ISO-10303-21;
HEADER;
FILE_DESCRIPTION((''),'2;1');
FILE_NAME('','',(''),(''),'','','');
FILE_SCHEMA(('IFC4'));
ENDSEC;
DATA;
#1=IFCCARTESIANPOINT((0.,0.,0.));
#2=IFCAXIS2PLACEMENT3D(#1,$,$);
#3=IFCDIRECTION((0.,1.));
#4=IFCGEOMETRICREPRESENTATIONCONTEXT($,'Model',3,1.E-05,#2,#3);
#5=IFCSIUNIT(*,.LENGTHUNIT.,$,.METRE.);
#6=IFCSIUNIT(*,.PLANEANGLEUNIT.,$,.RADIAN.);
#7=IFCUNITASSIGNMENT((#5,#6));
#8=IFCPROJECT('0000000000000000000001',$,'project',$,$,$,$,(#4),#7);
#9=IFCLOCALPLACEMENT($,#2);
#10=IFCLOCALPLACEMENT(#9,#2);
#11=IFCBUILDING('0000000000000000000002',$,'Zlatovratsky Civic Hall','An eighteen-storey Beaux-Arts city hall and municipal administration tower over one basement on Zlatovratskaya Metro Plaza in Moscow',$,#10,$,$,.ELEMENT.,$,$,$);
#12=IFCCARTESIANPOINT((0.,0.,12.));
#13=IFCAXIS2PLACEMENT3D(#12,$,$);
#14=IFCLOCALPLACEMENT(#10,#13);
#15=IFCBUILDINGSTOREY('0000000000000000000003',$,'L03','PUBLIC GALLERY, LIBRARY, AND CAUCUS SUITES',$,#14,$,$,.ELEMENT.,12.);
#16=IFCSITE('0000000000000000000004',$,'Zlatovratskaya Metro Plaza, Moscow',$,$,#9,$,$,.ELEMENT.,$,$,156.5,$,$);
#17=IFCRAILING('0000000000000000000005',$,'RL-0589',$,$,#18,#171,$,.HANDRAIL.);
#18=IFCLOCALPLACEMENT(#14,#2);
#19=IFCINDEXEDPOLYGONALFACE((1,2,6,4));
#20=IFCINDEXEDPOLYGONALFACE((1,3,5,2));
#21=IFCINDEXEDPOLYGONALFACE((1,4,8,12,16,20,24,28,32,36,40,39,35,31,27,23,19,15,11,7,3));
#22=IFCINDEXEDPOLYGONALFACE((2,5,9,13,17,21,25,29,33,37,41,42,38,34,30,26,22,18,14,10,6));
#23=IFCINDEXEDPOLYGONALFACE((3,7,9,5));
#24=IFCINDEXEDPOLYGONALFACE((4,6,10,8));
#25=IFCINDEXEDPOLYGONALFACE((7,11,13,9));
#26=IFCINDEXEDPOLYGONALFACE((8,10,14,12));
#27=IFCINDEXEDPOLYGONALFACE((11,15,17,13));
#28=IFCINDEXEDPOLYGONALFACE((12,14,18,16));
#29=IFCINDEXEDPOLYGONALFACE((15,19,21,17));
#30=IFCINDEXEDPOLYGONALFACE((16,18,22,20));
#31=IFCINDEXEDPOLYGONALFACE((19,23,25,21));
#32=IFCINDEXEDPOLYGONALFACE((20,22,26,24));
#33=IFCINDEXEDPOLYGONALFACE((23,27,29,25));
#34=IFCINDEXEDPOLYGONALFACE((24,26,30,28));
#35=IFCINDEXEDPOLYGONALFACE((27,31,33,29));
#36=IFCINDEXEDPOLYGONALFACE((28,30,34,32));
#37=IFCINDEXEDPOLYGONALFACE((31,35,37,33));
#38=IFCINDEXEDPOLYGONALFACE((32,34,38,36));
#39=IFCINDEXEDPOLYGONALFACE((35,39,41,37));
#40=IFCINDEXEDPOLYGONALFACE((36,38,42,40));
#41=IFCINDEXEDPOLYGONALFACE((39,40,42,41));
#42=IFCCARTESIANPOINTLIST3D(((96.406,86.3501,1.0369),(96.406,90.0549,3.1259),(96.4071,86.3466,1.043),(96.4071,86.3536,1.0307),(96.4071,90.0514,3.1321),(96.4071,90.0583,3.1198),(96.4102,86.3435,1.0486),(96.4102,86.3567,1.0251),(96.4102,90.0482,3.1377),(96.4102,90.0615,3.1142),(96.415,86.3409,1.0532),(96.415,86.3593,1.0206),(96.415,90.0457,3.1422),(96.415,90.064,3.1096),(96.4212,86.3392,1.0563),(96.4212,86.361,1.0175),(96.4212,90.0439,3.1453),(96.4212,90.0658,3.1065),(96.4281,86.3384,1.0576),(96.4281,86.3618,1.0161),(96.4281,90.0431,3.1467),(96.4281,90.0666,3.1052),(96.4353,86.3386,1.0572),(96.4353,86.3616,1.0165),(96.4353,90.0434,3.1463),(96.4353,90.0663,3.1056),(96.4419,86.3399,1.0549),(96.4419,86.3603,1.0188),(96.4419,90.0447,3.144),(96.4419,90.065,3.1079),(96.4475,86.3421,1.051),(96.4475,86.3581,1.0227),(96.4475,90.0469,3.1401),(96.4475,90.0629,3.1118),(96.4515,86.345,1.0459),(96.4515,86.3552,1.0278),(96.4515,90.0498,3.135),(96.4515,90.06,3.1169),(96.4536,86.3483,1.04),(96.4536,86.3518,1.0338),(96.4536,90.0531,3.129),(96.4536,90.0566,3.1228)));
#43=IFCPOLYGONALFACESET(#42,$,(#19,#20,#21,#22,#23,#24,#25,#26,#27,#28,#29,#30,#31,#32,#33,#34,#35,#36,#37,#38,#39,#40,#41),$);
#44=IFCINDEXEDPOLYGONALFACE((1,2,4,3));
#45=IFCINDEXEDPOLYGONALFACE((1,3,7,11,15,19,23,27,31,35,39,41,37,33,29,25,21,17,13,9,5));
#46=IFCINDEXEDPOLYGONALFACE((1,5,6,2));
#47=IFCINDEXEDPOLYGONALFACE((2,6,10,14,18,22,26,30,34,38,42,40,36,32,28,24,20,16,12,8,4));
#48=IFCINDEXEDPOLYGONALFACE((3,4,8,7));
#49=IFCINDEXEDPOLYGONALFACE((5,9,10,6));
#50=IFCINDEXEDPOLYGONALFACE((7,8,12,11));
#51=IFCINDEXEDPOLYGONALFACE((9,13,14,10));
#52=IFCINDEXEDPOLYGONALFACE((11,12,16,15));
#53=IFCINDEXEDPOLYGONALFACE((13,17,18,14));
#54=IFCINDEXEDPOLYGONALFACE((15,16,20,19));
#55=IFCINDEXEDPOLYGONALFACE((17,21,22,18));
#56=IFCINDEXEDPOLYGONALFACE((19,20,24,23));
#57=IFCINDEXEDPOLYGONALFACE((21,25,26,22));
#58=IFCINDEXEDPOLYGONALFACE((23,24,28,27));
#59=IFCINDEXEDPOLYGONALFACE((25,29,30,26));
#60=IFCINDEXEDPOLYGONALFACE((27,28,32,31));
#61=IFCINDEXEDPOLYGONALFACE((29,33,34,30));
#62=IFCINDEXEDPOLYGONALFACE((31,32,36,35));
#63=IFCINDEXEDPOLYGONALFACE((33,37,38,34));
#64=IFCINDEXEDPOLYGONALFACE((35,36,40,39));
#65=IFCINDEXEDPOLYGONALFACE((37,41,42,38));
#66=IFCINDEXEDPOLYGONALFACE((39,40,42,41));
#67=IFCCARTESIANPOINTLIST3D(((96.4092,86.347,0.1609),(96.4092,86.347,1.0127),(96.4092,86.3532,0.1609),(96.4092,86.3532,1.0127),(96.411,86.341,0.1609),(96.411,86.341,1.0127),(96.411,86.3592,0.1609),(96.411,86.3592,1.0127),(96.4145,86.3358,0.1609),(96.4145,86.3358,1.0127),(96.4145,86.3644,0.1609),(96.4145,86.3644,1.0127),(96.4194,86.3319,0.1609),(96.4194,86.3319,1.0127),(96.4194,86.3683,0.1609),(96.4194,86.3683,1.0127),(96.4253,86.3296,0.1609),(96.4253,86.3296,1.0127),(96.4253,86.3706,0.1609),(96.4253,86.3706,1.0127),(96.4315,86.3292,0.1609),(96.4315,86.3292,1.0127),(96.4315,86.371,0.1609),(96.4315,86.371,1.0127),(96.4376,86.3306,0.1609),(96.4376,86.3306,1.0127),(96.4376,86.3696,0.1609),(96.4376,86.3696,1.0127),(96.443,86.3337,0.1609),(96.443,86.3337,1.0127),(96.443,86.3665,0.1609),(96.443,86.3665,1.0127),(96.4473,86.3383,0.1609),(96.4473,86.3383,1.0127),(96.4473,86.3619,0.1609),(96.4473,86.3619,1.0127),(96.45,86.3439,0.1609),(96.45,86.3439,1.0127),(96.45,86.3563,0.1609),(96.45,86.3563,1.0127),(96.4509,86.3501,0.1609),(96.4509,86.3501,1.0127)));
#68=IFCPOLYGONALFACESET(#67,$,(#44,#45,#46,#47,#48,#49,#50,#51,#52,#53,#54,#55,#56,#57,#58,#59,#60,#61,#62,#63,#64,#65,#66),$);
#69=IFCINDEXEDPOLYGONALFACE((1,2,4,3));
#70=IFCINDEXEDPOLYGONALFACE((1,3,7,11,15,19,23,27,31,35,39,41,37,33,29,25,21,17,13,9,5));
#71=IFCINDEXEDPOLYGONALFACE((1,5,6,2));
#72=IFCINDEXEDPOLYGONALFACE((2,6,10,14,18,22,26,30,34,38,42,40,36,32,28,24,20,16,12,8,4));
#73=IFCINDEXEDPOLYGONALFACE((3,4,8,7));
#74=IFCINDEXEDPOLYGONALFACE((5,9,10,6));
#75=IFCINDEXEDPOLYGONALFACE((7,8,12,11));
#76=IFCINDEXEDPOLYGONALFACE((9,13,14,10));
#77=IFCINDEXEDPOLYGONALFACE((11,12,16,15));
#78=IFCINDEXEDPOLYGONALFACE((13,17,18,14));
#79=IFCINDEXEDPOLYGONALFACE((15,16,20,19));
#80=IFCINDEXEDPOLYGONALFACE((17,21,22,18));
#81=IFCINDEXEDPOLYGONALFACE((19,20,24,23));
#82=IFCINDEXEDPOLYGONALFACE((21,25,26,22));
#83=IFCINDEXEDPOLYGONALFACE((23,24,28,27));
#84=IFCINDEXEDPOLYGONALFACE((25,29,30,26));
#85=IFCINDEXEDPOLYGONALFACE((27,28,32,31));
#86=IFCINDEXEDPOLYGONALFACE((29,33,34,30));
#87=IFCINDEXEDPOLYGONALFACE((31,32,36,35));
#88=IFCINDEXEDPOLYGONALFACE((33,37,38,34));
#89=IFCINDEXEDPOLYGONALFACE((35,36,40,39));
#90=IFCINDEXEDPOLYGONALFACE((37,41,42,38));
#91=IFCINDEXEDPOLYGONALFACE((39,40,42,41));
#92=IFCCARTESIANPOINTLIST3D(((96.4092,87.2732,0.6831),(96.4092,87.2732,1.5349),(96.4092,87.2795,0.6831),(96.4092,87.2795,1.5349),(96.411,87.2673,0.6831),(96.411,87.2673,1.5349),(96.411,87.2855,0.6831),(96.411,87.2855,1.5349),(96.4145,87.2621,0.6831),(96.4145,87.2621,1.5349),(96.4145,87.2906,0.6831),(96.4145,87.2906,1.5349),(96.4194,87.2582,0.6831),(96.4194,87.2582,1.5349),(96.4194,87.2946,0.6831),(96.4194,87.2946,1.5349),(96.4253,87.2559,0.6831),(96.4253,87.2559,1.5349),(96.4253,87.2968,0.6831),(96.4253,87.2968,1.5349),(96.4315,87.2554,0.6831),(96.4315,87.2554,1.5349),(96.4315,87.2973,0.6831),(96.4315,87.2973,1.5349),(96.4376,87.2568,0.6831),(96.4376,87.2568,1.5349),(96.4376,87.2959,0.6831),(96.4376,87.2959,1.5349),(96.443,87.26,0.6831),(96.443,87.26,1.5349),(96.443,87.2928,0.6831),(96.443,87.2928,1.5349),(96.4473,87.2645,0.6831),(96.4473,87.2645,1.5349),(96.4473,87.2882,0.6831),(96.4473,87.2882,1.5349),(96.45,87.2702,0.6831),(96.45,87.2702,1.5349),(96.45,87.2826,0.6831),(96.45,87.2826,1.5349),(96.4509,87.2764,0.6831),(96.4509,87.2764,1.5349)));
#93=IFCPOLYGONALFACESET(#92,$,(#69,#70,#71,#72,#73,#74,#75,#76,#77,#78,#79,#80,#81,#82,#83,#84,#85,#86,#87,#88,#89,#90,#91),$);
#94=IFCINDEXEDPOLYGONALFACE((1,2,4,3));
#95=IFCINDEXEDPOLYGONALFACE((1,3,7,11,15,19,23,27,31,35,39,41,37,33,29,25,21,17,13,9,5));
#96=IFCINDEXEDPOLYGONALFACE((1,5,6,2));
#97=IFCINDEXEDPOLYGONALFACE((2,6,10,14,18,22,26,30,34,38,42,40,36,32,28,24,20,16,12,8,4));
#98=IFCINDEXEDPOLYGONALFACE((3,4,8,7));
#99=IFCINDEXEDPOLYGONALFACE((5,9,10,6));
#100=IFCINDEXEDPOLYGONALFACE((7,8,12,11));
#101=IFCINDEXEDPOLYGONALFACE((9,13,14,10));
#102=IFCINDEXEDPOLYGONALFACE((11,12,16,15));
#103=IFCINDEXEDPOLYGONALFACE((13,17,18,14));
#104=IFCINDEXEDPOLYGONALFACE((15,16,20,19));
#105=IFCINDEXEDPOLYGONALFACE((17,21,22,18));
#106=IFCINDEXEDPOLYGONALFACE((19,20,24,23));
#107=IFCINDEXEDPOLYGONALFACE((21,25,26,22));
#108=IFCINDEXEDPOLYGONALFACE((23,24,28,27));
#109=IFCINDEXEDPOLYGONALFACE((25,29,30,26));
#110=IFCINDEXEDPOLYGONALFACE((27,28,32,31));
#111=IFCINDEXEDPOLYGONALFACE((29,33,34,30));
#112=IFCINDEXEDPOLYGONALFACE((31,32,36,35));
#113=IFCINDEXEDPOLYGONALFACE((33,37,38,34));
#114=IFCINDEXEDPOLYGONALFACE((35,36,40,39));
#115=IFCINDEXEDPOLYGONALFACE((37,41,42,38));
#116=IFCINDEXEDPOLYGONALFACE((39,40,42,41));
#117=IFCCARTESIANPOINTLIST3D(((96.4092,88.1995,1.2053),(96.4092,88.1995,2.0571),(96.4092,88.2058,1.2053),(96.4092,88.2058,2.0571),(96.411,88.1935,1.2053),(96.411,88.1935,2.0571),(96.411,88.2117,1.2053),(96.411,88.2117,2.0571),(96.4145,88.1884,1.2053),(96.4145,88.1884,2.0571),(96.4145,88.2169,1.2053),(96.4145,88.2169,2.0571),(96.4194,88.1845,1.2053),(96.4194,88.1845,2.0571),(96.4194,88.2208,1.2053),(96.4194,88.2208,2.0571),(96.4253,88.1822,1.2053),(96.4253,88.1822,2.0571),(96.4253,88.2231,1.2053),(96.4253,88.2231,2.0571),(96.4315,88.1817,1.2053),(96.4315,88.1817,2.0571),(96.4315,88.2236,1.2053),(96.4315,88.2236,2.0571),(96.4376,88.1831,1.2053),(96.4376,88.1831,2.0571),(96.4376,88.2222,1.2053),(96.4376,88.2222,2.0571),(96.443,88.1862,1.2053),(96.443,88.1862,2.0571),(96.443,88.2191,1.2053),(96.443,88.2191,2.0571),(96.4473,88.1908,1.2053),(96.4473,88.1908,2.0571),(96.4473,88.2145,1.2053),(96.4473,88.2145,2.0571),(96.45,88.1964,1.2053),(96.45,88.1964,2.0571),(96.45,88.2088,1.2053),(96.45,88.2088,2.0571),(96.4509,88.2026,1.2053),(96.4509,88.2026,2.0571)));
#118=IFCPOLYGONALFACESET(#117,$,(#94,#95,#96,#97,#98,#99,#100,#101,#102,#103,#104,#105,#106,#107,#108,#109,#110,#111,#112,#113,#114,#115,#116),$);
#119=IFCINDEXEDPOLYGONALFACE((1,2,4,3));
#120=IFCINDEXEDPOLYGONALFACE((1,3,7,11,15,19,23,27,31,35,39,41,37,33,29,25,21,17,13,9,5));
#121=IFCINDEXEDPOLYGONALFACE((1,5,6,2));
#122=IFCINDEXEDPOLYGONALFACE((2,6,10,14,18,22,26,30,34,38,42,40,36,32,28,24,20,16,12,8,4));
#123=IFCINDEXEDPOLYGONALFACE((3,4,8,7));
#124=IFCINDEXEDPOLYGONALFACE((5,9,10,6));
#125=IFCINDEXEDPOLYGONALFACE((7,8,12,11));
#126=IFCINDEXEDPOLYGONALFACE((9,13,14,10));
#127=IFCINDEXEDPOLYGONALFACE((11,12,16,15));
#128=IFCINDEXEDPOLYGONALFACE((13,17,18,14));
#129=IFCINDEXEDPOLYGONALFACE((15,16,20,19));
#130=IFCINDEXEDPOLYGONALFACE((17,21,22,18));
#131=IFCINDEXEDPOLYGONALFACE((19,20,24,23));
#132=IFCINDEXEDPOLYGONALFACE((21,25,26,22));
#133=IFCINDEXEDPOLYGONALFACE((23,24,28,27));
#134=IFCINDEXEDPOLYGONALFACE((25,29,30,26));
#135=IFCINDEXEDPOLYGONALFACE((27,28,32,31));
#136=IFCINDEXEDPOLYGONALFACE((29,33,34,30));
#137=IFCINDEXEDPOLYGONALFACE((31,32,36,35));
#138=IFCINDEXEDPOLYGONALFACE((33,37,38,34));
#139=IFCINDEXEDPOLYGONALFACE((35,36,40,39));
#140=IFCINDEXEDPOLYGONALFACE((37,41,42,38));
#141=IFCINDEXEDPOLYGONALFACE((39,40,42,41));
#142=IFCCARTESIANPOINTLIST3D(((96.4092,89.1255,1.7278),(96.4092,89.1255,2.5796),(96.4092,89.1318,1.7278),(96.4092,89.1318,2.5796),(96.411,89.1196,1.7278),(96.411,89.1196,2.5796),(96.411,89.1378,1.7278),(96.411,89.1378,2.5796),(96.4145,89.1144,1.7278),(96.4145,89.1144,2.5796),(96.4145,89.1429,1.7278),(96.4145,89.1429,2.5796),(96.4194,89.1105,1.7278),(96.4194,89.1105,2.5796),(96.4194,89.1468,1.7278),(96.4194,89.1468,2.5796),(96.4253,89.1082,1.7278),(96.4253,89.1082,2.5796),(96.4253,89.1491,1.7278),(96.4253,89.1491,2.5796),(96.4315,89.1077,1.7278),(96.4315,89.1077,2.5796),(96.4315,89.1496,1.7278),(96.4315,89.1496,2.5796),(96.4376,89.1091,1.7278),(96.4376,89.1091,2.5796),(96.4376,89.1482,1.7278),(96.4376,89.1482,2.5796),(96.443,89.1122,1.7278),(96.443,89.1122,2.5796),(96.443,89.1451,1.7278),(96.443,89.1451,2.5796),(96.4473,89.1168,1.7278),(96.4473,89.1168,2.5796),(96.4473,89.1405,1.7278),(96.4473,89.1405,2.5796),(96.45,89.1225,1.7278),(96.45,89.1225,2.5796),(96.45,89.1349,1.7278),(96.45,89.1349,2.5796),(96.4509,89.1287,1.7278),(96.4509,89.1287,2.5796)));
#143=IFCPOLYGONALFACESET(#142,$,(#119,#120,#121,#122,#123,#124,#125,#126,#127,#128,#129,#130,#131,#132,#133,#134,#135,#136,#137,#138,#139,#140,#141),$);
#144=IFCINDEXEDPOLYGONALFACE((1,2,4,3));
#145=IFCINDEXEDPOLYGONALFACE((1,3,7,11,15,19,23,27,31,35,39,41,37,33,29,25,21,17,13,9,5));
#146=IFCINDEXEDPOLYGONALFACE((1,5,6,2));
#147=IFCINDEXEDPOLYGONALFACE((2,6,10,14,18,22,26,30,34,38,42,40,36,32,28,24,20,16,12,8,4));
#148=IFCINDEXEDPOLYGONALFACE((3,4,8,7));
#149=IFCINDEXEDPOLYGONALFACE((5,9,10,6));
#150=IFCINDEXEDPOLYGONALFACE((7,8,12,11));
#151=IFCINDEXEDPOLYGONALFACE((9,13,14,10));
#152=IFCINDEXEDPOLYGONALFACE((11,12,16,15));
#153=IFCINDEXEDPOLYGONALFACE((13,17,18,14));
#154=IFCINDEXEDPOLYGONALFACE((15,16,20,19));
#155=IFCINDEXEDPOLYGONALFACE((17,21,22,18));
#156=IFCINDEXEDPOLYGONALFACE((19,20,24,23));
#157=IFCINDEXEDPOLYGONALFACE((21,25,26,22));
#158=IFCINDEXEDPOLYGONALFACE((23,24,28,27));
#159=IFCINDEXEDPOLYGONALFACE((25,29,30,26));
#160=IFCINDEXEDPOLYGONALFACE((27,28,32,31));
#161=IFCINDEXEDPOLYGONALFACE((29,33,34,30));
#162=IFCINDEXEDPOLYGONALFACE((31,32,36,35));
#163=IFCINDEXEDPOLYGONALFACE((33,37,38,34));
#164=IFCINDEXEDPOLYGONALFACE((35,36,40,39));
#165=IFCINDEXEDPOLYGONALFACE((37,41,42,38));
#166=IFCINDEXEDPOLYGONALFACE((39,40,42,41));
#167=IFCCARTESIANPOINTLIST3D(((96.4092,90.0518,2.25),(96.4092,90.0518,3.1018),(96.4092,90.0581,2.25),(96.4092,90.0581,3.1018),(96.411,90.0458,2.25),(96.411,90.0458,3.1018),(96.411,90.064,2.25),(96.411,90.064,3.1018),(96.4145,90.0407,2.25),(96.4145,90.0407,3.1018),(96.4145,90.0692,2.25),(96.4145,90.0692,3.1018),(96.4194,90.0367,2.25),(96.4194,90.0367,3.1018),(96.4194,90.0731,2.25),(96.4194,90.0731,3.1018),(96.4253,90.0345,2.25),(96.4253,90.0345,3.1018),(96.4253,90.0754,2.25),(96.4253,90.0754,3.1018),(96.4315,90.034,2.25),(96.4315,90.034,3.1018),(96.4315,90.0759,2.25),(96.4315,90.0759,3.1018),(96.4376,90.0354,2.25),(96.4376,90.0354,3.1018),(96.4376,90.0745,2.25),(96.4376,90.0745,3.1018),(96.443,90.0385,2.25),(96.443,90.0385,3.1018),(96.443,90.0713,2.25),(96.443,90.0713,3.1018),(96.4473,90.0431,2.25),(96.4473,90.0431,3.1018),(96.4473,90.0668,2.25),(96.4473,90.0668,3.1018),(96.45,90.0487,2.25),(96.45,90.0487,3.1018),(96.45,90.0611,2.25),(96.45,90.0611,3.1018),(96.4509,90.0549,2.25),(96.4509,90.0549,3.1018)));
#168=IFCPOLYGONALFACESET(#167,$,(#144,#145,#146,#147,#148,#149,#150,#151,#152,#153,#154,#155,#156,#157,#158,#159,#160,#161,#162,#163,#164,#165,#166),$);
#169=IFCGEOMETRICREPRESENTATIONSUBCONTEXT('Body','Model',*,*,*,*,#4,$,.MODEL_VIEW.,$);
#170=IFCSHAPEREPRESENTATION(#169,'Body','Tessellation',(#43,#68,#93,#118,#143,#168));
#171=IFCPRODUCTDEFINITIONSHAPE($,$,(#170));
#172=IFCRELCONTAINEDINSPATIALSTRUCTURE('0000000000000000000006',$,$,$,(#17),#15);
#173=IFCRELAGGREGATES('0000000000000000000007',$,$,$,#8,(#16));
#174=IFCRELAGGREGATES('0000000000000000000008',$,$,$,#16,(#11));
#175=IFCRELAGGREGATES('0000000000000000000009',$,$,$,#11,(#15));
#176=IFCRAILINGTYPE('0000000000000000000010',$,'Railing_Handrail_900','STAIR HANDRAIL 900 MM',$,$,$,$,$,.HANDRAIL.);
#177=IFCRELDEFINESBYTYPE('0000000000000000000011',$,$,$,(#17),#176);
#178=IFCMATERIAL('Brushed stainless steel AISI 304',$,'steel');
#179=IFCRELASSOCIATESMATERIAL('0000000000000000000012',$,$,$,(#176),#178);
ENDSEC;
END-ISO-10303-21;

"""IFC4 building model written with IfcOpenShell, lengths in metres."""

from ifc_helpers import new_model, si_unit, direction, frame, origin, origin_2d, place, context, subcontext, project, spatial, circle, extrude, material, type_object, element, save


model = new_model("IFC4")

# Units and contexts
model_context = context("Model", 3, precision=1e-05, world=origin(), true_north=direction((0.0, 1.0)))
body_context = subcontext(model_context, "Body", "Model", "MODEL_VIEW")
ifc_project = project(units=[si_unit("LENGTHUNIT", "METRE"), si_unit("PLANEANGLEUNIT", "RADIAN")], contexts=[model_context])

# Site, building, storey
site_placement = place(None, origin())
site = spatial("IfcSite", under=ifc_project, at=site_placement, Name="Zlatovratskaya Metro Plaza, Moscow", CompositionType="ELEMENT", RefElevation=156.5)
building_placement = place(site_placement, origin())
building = spatial("IfcBuilding", under=site, at=building_placement, Name="Zlatovratsky Civic Hall", Description="An eighteen-storey Beaux-Arts city hall and municipal administration tower over one basement on Zlatovratskaya Metro Plaza in Moscow", CompositionType="ELEMENT")
storey_placement = place(building_placement, frame((0.0, 0.0, 12.0)))
storey = spatial("IfcBuildingStorey", under=building, at=storey_placement, Name="L03", Description="PUBLIC GALLERY, LIBRARY, AND CAUCUS SUITES", CompositionType="ELEMENT", Elevation=12.0)

# Railing
ifc_material_1 = material(Name="Brushed stainless steel AISI 304", Category="steel")
railing_type_1 = type_object("IfcRailingType", Name="Railing_Handrail_900", Description="STAIR HANDRAIL 900 MM", PredefinedType="HANDRAIL", material=ifc_material_1)
railing_1_placement = place(storey_placement, frame((96.4299, 86.3501, 0.1609)))
element("IfcRailing", 1, at=railing_1_placement, inside=storey, type_object=railing_type_1, Name="RL-0589", PredefinedType="HANDRAIL", context=body_context, shape_type="SweptSolid", body=[
    extrude(circle(Radius=0.0239, at=origin_2d()), frame((0.0, 0.0, 0.876), z_axis=(0.0, 0.871058, 0.491179), x_axis=(-1.0, 0.0, 0.0)), (0.0, 0.0, 1.0), 4.2532),
    extrude(circle(Radius=0.021, at=origin_2d()), origin(), (0.0, 0.0, 1.0), 0.8518),
    extrude(circle(Radius=0.021, at=origin_2d()), frame((0.0, 0.9263, 0.5222)), (0.0, 0.0, 1.0), 0.8518),
    extrude(circle(Radius=0.021, at=origin_2d()), frame((0.0, 1.8525, 1.0444)), (0.0, 0.0, 1.0), 0.8518),
    extrude(circle(Radius=0.021, at=origin_2d()), frame((0.0, 2.7786, 1.5669)), (0.0, 0.0, 1.0), 0.8518),
    extrude(circle(Radius=0.021, at=origin_2d()), frame((0.0, 3.7048, 2.0891)), (0.0, 0.0, 1.0), 0.8518),
])

save(model, "model.ifc")
